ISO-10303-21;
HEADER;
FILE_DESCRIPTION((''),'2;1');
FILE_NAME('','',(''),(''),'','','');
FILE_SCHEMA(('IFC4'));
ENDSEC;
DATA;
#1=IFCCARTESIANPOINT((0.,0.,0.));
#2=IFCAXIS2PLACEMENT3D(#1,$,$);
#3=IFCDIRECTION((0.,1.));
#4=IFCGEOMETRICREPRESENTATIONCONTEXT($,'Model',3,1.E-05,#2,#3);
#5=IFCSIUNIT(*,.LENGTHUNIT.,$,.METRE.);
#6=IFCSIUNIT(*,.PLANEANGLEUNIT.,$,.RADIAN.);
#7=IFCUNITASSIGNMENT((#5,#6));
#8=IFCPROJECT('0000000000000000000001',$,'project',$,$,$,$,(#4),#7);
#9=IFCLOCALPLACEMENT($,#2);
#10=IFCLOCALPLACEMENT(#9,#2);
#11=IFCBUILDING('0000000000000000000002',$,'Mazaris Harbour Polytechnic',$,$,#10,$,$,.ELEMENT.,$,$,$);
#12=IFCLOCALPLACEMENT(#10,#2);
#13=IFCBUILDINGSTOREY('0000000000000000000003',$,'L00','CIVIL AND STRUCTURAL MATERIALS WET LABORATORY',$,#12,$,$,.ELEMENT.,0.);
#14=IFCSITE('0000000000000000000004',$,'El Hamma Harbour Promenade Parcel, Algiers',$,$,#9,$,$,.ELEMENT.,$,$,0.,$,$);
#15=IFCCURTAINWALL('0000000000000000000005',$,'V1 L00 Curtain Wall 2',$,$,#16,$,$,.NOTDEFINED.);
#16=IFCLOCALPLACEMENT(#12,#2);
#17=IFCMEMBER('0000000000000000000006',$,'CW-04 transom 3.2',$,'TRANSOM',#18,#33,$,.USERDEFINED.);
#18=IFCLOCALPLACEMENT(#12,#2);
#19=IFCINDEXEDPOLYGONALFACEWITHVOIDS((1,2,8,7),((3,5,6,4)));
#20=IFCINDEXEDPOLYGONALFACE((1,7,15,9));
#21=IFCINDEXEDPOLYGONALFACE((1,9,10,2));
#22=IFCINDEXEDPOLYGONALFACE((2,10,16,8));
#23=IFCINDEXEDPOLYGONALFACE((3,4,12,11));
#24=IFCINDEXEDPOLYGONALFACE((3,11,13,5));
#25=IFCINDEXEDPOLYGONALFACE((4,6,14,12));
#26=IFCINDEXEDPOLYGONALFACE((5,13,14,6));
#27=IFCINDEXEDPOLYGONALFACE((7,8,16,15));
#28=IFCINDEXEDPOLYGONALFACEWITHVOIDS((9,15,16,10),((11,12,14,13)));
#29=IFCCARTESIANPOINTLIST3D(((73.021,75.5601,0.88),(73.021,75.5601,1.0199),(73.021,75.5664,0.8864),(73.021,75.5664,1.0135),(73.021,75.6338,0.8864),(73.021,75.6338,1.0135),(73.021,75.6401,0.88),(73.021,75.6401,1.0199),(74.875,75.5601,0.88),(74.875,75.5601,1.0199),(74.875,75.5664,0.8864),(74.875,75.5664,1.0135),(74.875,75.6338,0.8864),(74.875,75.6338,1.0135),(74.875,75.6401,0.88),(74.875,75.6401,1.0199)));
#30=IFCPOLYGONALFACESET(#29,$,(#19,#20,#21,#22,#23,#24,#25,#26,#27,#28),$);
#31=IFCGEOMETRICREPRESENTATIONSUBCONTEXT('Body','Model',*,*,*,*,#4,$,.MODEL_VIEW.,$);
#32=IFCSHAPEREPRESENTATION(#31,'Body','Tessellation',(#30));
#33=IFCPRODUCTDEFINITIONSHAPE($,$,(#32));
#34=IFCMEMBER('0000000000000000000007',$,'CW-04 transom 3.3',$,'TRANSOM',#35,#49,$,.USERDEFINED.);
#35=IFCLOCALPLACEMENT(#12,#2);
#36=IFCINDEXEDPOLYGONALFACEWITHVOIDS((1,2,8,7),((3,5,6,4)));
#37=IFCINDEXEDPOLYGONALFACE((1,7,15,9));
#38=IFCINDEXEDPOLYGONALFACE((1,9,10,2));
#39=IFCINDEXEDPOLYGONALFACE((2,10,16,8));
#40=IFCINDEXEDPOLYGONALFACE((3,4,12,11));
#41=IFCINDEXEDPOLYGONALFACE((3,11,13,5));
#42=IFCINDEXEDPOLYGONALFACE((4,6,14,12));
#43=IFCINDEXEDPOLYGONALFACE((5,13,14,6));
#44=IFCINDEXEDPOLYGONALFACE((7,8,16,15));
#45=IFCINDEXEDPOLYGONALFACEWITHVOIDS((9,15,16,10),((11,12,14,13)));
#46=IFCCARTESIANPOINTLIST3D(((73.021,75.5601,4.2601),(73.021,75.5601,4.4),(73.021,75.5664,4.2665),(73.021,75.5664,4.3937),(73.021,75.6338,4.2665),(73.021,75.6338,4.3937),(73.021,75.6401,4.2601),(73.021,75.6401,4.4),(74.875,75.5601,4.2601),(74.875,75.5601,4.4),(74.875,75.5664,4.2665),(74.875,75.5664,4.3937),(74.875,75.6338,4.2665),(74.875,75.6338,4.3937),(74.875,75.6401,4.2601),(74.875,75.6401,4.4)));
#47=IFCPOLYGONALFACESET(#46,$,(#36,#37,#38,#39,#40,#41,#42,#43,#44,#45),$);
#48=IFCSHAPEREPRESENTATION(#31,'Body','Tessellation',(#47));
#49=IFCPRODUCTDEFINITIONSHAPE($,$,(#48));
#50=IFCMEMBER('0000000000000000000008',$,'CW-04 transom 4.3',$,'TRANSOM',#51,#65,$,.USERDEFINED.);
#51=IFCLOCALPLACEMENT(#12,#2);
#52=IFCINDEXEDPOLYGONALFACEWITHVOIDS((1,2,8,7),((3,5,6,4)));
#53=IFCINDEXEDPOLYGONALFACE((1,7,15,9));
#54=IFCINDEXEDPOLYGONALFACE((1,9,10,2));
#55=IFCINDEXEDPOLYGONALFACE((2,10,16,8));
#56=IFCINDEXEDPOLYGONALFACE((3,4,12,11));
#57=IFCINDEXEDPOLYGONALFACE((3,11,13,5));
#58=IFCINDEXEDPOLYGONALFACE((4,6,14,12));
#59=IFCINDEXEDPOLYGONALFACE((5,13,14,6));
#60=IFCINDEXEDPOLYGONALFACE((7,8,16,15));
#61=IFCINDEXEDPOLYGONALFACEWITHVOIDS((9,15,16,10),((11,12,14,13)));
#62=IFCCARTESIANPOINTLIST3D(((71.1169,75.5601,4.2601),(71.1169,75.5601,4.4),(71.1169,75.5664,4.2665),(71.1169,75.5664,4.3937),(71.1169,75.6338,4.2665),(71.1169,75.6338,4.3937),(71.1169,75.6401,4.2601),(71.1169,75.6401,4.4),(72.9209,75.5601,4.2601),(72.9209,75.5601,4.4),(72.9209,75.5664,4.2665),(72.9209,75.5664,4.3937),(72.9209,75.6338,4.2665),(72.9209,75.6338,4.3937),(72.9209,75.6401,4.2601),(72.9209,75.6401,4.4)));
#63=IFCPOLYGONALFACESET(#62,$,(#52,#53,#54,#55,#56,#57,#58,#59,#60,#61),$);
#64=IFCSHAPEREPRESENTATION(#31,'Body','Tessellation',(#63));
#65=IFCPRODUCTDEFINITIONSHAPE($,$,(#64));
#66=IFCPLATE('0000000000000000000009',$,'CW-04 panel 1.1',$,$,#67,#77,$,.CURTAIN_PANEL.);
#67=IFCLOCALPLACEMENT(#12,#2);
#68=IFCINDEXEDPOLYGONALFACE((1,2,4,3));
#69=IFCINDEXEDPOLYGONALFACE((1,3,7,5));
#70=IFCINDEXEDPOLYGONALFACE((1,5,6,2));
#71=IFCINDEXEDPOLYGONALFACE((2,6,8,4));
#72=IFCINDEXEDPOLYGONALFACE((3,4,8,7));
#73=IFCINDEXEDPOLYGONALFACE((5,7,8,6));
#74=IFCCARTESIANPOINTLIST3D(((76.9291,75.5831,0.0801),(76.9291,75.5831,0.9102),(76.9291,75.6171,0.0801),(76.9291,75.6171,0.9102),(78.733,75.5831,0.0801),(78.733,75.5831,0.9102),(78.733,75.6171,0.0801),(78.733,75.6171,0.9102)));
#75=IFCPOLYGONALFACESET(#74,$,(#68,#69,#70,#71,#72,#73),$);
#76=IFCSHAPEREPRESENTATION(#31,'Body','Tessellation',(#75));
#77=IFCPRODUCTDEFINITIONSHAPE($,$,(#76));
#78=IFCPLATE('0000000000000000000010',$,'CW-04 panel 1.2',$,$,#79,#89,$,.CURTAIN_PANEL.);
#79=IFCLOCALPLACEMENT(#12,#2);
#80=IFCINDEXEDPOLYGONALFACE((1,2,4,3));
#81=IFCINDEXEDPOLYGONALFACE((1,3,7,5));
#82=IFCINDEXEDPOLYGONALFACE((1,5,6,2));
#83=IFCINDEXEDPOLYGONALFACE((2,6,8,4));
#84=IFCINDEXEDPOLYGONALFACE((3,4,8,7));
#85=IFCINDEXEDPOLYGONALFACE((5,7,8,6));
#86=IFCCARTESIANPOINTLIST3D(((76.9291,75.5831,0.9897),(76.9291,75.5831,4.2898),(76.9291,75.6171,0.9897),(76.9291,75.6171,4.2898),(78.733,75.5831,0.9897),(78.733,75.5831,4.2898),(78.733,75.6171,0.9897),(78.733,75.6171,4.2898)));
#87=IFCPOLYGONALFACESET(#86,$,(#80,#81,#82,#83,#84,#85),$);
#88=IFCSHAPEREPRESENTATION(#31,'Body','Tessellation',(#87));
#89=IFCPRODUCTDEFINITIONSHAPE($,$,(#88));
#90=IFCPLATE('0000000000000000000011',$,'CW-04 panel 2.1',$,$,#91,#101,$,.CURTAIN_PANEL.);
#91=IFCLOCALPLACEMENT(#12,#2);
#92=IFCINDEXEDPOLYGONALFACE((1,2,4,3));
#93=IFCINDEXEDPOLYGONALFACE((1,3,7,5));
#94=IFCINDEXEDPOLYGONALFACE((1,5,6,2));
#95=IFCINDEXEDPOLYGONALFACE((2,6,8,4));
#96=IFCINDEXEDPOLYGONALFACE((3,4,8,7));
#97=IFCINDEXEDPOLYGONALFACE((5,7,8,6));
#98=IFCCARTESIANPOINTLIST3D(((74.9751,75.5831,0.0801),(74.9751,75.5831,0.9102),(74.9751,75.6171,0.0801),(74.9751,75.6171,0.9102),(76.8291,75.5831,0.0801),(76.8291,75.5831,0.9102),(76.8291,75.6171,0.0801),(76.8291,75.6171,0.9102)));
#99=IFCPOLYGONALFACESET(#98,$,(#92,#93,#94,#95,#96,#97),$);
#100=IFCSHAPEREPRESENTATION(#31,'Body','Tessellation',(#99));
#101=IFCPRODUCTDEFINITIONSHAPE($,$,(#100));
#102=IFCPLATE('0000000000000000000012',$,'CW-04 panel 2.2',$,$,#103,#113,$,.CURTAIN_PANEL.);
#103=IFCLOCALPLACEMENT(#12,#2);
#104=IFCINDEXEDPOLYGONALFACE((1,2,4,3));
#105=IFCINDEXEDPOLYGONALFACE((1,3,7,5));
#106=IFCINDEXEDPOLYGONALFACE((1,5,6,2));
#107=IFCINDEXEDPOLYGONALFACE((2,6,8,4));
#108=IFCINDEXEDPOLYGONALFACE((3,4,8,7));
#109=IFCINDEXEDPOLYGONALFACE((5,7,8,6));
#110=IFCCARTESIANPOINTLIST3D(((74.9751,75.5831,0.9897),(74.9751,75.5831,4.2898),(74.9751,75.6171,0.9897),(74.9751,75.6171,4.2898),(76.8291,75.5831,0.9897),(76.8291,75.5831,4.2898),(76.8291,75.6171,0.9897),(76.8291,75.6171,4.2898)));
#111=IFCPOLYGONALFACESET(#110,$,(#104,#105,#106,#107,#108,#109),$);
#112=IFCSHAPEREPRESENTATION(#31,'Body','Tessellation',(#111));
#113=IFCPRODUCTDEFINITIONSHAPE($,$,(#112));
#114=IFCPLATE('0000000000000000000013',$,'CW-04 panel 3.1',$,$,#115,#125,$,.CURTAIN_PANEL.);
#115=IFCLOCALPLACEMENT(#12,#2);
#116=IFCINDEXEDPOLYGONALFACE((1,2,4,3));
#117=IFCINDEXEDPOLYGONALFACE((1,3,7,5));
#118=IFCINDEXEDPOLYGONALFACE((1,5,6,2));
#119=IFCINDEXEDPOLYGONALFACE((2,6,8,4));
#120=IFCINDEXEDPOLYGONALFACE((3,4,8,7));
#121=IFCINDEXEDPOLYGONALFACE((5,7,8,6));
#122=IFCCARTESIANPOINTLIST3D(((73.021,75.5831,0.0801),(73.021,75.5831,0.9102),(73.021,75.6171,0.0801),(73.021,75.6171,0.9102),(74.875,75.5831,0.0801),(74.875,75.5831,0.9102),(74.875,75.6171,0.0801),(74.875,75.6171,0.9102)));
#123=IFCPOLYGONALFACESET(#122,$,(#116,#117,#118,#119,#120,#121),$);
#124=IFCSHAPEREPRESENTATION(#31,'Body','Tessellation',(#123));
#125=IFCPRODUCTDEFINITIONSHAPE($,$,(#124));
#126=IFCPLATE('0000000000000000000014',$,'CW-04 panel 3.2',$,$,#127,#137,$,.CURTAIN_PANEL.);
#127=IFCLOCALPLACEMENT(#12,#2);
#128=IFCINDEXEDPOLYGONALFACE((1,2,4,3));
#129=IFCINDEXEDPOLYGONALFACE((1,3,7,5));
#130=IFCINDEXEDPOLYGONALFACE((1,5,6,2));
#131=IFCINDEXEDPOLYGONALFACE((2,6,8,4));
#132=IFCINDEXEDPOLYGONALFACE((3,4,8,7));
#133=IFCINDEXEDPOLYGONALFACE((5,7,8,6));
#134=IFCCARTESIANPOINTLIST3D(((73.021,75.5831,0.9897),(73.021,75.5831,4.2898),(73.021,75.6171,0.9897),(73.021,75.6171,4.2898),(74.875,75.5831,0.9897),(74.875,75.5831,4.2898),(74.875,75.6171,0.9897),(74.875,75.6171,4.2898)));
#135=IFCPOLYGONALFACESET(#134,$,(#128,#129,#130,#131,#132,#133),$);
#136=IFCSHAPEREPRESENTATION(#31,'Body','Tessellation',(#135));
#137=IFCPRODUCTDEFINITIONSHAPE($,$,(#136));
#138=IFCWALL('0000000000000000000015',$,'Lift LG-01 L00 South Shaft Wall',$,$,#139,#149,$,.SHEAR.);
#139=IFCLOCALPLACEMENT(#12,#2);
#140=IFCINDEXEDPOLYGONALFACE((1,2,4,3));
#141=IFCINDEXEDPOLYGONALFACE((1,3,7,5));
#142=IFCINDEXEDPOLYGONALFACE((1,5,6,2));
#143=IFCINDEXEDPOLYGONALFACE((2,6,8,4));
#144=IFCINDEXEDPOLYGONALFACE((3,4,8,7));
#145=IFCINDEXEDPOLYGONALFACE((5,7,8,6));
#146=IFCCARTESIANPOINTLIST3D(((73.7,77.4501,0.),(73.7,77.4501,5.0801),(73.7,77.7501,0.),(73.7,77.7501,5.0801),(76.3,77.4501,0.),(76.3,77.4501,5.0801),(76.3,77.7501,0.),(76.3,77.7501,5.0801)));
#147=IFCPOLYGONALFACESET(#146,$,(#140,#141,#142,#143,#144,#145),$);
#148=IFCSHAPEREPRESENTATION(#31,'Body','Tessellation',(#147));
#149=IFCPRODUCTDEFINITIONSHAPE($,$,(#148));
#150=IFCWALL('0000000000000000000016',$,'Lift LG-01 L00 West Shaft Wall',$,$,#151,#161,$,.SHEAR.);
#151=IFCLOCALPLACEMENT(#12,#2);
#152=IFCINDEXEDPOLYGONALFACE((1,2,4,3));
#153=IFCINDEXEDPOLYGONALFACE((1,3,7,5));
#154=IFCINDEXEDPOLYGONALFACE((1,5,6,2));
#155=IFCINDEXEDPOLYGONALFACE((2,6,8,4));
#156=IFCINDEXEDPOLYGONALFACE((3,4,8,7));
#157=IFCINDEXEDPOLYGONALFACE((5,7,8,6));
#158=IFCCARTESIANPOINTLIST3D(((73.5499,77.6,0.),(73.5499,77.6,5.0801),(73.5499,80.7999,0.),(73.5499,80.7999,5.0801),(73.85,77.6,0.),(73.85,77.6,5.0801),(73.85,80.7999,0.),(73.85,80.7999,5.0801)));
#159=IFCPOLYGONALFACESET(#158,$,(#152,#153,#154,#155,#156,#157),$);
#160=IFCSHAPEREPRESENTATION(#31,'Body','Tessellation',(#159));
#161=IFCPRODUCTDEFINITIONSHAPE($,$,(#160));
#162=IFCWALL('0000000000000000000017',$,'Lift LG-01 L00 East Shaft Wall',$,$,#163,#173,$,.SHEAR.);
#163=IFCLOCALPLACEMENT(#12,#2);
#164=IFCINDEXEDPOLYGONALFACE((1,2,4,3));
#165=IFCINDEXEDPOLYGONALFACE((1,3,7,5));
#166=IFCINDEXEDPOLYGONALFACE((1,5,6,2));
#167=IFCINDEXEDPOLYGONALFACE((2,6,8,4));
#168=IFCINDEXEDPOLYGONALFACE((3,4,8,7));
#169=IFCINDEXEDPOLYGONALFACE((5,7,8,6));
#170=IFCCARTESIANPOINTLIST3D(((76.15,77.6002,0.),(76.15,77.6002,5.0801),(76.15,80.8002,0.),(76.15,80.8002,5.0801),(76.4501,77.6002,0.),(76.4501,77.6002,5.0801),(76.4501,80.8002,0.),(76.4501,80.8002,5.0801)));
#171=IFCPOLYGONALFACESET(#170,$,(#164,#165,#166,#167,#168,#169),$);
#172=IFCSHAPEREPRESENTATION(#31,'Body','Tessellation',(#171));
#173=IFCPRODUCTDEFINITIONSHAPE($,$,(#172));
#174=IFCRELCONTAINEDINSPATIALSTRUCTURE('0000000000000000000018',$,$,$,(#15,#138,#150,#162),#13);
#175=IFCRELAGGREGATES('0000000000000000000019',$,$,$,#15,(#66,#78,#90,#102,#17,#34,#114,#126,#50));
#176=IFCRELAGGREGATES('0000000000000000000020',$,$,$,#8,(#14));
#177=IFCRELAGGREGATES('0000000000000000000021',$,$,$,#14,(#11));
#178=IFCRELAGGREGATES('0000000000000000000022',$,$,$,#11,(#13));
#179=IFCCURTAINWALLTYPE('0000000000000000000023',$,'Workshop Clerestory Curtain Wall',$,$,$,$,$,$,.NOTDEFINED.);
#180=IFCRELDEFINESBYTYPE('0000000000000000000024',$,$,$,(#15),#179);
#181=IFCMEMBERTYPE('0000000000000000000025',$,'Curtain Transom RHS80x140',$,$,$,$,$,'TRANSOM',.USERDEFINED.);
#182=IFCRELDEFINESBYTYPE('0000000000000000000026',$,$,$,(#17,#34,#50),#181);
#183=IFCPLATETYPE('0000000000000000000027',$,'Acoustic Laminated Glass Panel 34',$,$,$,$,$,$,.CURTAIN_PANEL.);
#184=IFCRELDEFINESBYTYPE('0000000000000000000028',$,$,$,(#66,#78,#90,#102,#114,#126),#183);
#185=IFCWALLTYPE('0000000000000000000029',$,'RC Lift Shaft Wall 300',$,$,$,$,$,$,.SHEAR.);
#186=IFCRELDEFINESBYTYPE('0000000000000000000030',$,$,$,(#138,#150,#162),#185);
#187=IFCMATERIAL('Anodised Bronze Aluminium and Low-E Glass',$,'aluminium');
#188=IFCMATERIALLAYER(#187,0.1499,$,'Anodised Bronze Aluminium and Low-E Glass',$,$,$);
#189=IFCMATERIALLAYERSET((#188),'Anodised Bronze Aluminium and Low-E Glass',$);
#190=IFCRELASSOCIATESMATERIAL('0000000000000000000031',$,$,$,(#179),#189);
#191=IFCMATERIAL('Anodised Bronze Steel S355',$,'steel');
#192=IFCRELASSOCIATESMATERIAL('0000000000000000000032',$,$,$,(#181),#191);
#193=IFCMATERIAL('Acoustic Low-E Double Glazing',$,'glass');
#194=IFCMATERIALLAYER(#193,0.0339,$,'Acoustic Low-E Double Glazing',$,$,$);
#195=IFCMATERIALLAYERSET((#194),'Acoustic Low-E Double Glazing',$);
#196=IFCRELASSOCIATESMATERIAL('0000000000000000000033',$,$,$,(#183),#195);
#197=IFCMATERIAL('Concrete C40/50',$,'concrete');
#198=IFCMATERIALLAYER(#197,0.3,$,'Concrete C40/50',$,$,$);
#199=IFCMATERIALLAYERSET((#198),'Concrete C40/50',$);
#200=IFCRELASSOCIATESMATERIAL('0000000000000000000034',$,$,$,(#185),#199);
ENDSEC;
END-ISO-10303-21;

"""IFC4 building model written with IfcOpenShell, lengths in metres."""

from ifc_helpers import new_model, si_unit, direction, frame, frame_2d, origin, origin_2d, place, context, subcontext, project, spatial, rectangle, hollow_rectangle, extrude, material, layer, layer_set, material_profile, profile_set, type_object, element, aggregate, save


model = new_model("IFC4")

# Units and contexts
model_context = context("Model", 3, precision=1e-05, world=origin(), true_north=direction((0.0, 1.0)))
body_context = subcontext(model_context, "Body", "Model", "MODEL_VIEW")
ifc_project = project(units=[si_unit("LENGTHUNIT", "METRE"), si_unit("PLANEANGLEUNIT", "RADIAN")], contexts=[model_context])

# Site, building, storey
site_placement = place(None, origin())
site = spatial("IfcSite", under=ifc_project, at=site_placement, Name="El Hamma Harbour Promenade Parcel, Algiers", CompositionType="ELEMENT", RefElevation=0.0)
building_placement = place(site_placement, origin())
building = spatial("IfcBuilding", under=site, at=building_placement, Name="Mazaris Harbour Polytechnic", CompositionType="ELEMENT")
storey_placement = place(building_placement, origin())
storey = spatial("IfcBuildingStorey", under=building, at=storey_placement, Name="L00", Description="CIVIL AND STRUCTURAL MATERIALS WET LABORATORY", CompositionType="ELEMENT", Elevation=0.0)

# Curtain wall, members, plates
ifc_material_1 = material(Name="Anodised Bronze Aluminium and Low-E Glass", Category="aluminium")
ifc_layer_1 = layer(ifc_material_1, 0.1499, Name="Anodised Bronze Aluminium and Low-E Glass")
ifc_layer_set_1 = layer_set([ifc_layer_1], Name="Anodised Bronze Aluminium and Low-E Glass")
curtain_wall_type = type_object("IfcCurtainWallType", Name="Workshop Clerestory Curtain Wall", PredefinedType="NOTDEFINED", material=ifc_layer_set_1)
curtain_wall_placement = place(storey_placement, origin())
curtain_wall = element("IfcCurtainWall", 1, at=curtain_wall_placement, inside=storey, type_object=curtain_wall_type, Name="V1 L00 Curtain Wall 2", PredefinedType="NOTDEFINED")
ifc_material_2 = material(Name="Anodised Bronze Steel S355", Category="steel")
ifc_material_profile_1 = material_profile(ifc_material_2, hollow_rectangle(XDim=0.0801, YDim=0.1399, WallThickness=0.0063, at=origin_2d()), Name="RHS 80x140x6.3")
ifc_profile_set_1 = profile_set([ifc_material_profile_1], Name="Anodised Bronze Steel S355")
member_type_1 = type_object("IfcMemberType", Name="Curtain Transom RHS80x140", ElementType="TRANSOM", PredefinedType="USERDEFINED", material=ifc_profile_set_1)
member_1_placement = place(storey_placement, frame((74.875, 75.6001, 0.95), z_axis=(-1.0, 0.0, 0.0), x_axis=(0.0, -1.0, 0.0)))
member_1 = element("IfcMember", 2, at=member_1_placement, type_object=member_type_1, Name="CW-04 transom 3.2", ObjectType="TRANSOM", PredefinedType="USERDEFINED", context=body_context, shape_type="SweptSolid", body=[
    extrude(hollow_rectangle(XDim=0.0801, YDim=0.1399, WallThickness=0.0063, at=origin_2d()), origin(), (0.0, 0.0, 1.0), 1.854),
])
member_2_placement = place(storey_placement, frame((74.875, 75.6001, 4.3301), z_axis=(-1.0, 0.0, 0.0), x_axis=(0.0, -1.0, 0.0)))
member_2 = element("IfcMember", 3, at=member_2_placement, type_object=member_type_1, Name="CW-04 transom 3.3", ObjectType="TRANSOM", PredefinedType="USERDEFINED", context=body_context, shape_type="SweptSolid", body=[
    extrude(hollow_rectangle(XDim=0.0801, YDim=0.1399, WallThickness=0.0063, at=origin_2d()), origin(), (0.0, 0.0, 1.0), 1.854),
])
member_3_placement = place(storey_placement, frame((72.9209, 75.6001, 4.3301), z_axis=(-1.0, 0.0, 0.0), x_axis=(0.0, -1.0, 0.0)))
member_3 = element("IfcMember", 4, at=member_3_placement, type_object=member_type_1, Name="CW-04 transom 4.3", ObjectType="TRANSOM", PredefinedType="USERDEFINED", context=body_context, shape_type="SweptSolid", body=[
    extrude(hollow_rectangle(XDim=0.0801, YDim=0.1399, WallThickness=0.0063, at=origin_2d()), origin(), (0.0, 0.0, 1.0), 1.804),
])
ifc_material_3 = material(Name="Acoustic Low-E Double Glazing", Category="glass")
ifc_layer_2 = layer(ifc_material_3, 0.0339, Name="Acoustic Low-E Double Glazing")
ifc_layer_set_2 = layer_set([ifc_layer_2], Name="Acoustic Low-E Double Glazing")
plate_type = type_object("IfcPlateType", Name="Acoustic Laminated Glass Panel 34", PredefinedType="CURTAIN_PANEL", material=ifc_layer_set_2)
plate_1_placement = place(storey_placement, frame((77.8311, 75.6001, 0.0801), z_axis=(0.0, 0.0, 1.0), x_axis=(-1.0, 0.0, 0.0)))
plate_1 = element("IfcPlate", 5, at=plate_1_placement, type_object=plate_type, Name="CW-04 panel 1.1", PredefinedType="CURTAIN_PANEL", context=body_context, shape_type="SweptSolid", body=[
    extrude(rectangle(XDim=1.804, YDim=0.0339, at=origin_2d()), origin(), (0.0, 0.0, 1.0), 0.8301),
])
plate_2_placement = place(storey_placement, frame((77.8311, 75.6001, 0.9897), z_axis=(0.0, 0.0, 1.0), x_axis=(-1.0, 0.0, 0.0)))
plate_2 = element("IfcPlate", 6, at=plate_2_placement, type_object=plate_type, Name="CW-04 panel 1.2", PredefinedType="CURTAIN_PANEL", context=body_context, shape_type="SweptSolid", body=[
    extrude(rectangle(XDim=1.804, YDim=0.0339, at=origin_2d()), origin(), (0.0, 0.0, 1.0), 3.3),
])
plate_3_placement = place(storey_placement, frame((75.9021, 75.6001, 0.0801), z_axis=(0.0, 0.0, 1.0), x_axis=(-1.0, 0.0, 0.0)))
plate_3 = element("IfcPlate", 7, at=plate_3_placement, type_object=plate_type, Name="CW-04 panel 2.1", PredefinedType="CURTAIN_PANEL", context=body_context, shape_type="SweptSolid", body=[
    extrude(rectangle(XDim=1.854, YDim=0.0339, at=origin_2d()), origin(), (0.0, 0.0, 1.0), 0.8301),
])
plate_4_placement = place(storey_placement, frame((75.9021, 75.6001, 0.9897), z_axis=(0.0, 0.0, 1.0), x_axis=(-1.0, 0.0, 0.0)))
plate_4 = element("IfcPlate", 8, at=plate_4_placement, type_object=plate_type, Name="CW-04 panel 2.2", PredefinedType="CURTAIN_PANEL", context=body_context, shape_type="SweptSolid", body=[
    extrude(rectangle(XDim=1.854, YDim=0.0339, at=origin_2d()), origin(), (0.0, 0.0, 1.0), 3.3),
])
plate_5_placement = place(storey_placement, frame((73.948, 75.6001, 0.0801), z_axis=(0.0, 0.0, 1.0), x_axis=(-1.0, 0.0, 0.0)))
plate_5 = element("IfcPlate", 9, at=plate_5_placement, type_object=plate_type, Name="CW-04 panel 3.1", PredefinedType="CURTAIN_PANEL", context=body_context, shape_type="SweptSolid", body=[
    extrude(rectangle(XDim=1.854, YDim=0.0339, at=origin_2d()), origin(), (0.0, 0.0, 1.0), 0.8301),
])
plate_6_placement = place(storey_placement, frame((73.948, 75.6001, 0.9897), z_axis=(0.0, 0.0, 1.0), x_axis=(-1.0, 0.0, 0.0)))
plate_6 = element("IfcPlate", 10, at=plate_6_placement, type_object=plate_type, Name="CW-04 panel 3.2", PredefinedType="CURTAIN_PANEL", context=body_context, shape_type="SweptSolid", body=[
    extrude(rectangle(XDim=1.854, YDim=0.0339, at=origin_2d()), origin(), (0.0, 0.0, 1.0), 3.3),
])
aggregate(curtain_wall, [plate_1, plate_2, plate_3, plate_4, member_1, member_2, plate_5, plate_6, member_3])

# Walls
ifc_material_4 = material(Name="Concrete C40/50", Category="concrete")
ifc_layer_3 = layer(ifc_material_4, 0.3, Name="Concrete C40/50")
ifc_layer_set_3 = layer_set([ifc_layer_3], Name="Concrete C40/50")
wall_type_1 = type_object("IfcWallType", Name="RC Lift Shaft Wall 300", PredefinedType="SHEAR", material=ifc_layer_set_3)
wall_1_placement = place(storey_placement, frame((73.7, 77.6001, 0.0), z_axis=(0.0, 0.0, 1.0), x_axis=(1.0, 0.0, 0.0)))
element("IfcWall", 11, at=wall_1_placement, inside=storey, type_object=wall_type_1, Name="Lift LG-01 L00 South Shaft Wall", PredefinedType="SHEAR", context=body_context, shape_type="SweptSolid", body=[
    extrude(rectangle(XDim=2.6001, YDim=0.3, at=frame_2d((1.3, 0.0))), origin(), (0.0, 0.0, 1.0), 5.0801),
])
for number, where, z_axis, x_axis, name in (
    (12, (73.7, 80.8, 0.0), (0.0, 0.0, 1.0), (0.0, -1.0, 0.0), "Lift LG-01 L00 West Shaft Wall"),
    (13, (76.3, 77.6001, 0.0), (0.0, 0.0, 1.0), (0.0, 1.0, 0.0), "Lift LG-01 L00 East Shaft Wall"),
):
    element("IfcWall", number, at=place(storey_placement, frame(where, z_axis=z_axis, x_axis=x_axis)), inside=storey, type_object=wall_type_1, Name=name, PredefinedType="SHEAR", context=body_context, shape_type="SweptSolid", body=[
        extrude(rectangle(XDim=3.2, YDim=0.3, at=frame_2d((1.6001, 0.0))), origin(), (0.0, 0.0, 1.0), 5.0801),
    ])

save(model, "model.ifc")
